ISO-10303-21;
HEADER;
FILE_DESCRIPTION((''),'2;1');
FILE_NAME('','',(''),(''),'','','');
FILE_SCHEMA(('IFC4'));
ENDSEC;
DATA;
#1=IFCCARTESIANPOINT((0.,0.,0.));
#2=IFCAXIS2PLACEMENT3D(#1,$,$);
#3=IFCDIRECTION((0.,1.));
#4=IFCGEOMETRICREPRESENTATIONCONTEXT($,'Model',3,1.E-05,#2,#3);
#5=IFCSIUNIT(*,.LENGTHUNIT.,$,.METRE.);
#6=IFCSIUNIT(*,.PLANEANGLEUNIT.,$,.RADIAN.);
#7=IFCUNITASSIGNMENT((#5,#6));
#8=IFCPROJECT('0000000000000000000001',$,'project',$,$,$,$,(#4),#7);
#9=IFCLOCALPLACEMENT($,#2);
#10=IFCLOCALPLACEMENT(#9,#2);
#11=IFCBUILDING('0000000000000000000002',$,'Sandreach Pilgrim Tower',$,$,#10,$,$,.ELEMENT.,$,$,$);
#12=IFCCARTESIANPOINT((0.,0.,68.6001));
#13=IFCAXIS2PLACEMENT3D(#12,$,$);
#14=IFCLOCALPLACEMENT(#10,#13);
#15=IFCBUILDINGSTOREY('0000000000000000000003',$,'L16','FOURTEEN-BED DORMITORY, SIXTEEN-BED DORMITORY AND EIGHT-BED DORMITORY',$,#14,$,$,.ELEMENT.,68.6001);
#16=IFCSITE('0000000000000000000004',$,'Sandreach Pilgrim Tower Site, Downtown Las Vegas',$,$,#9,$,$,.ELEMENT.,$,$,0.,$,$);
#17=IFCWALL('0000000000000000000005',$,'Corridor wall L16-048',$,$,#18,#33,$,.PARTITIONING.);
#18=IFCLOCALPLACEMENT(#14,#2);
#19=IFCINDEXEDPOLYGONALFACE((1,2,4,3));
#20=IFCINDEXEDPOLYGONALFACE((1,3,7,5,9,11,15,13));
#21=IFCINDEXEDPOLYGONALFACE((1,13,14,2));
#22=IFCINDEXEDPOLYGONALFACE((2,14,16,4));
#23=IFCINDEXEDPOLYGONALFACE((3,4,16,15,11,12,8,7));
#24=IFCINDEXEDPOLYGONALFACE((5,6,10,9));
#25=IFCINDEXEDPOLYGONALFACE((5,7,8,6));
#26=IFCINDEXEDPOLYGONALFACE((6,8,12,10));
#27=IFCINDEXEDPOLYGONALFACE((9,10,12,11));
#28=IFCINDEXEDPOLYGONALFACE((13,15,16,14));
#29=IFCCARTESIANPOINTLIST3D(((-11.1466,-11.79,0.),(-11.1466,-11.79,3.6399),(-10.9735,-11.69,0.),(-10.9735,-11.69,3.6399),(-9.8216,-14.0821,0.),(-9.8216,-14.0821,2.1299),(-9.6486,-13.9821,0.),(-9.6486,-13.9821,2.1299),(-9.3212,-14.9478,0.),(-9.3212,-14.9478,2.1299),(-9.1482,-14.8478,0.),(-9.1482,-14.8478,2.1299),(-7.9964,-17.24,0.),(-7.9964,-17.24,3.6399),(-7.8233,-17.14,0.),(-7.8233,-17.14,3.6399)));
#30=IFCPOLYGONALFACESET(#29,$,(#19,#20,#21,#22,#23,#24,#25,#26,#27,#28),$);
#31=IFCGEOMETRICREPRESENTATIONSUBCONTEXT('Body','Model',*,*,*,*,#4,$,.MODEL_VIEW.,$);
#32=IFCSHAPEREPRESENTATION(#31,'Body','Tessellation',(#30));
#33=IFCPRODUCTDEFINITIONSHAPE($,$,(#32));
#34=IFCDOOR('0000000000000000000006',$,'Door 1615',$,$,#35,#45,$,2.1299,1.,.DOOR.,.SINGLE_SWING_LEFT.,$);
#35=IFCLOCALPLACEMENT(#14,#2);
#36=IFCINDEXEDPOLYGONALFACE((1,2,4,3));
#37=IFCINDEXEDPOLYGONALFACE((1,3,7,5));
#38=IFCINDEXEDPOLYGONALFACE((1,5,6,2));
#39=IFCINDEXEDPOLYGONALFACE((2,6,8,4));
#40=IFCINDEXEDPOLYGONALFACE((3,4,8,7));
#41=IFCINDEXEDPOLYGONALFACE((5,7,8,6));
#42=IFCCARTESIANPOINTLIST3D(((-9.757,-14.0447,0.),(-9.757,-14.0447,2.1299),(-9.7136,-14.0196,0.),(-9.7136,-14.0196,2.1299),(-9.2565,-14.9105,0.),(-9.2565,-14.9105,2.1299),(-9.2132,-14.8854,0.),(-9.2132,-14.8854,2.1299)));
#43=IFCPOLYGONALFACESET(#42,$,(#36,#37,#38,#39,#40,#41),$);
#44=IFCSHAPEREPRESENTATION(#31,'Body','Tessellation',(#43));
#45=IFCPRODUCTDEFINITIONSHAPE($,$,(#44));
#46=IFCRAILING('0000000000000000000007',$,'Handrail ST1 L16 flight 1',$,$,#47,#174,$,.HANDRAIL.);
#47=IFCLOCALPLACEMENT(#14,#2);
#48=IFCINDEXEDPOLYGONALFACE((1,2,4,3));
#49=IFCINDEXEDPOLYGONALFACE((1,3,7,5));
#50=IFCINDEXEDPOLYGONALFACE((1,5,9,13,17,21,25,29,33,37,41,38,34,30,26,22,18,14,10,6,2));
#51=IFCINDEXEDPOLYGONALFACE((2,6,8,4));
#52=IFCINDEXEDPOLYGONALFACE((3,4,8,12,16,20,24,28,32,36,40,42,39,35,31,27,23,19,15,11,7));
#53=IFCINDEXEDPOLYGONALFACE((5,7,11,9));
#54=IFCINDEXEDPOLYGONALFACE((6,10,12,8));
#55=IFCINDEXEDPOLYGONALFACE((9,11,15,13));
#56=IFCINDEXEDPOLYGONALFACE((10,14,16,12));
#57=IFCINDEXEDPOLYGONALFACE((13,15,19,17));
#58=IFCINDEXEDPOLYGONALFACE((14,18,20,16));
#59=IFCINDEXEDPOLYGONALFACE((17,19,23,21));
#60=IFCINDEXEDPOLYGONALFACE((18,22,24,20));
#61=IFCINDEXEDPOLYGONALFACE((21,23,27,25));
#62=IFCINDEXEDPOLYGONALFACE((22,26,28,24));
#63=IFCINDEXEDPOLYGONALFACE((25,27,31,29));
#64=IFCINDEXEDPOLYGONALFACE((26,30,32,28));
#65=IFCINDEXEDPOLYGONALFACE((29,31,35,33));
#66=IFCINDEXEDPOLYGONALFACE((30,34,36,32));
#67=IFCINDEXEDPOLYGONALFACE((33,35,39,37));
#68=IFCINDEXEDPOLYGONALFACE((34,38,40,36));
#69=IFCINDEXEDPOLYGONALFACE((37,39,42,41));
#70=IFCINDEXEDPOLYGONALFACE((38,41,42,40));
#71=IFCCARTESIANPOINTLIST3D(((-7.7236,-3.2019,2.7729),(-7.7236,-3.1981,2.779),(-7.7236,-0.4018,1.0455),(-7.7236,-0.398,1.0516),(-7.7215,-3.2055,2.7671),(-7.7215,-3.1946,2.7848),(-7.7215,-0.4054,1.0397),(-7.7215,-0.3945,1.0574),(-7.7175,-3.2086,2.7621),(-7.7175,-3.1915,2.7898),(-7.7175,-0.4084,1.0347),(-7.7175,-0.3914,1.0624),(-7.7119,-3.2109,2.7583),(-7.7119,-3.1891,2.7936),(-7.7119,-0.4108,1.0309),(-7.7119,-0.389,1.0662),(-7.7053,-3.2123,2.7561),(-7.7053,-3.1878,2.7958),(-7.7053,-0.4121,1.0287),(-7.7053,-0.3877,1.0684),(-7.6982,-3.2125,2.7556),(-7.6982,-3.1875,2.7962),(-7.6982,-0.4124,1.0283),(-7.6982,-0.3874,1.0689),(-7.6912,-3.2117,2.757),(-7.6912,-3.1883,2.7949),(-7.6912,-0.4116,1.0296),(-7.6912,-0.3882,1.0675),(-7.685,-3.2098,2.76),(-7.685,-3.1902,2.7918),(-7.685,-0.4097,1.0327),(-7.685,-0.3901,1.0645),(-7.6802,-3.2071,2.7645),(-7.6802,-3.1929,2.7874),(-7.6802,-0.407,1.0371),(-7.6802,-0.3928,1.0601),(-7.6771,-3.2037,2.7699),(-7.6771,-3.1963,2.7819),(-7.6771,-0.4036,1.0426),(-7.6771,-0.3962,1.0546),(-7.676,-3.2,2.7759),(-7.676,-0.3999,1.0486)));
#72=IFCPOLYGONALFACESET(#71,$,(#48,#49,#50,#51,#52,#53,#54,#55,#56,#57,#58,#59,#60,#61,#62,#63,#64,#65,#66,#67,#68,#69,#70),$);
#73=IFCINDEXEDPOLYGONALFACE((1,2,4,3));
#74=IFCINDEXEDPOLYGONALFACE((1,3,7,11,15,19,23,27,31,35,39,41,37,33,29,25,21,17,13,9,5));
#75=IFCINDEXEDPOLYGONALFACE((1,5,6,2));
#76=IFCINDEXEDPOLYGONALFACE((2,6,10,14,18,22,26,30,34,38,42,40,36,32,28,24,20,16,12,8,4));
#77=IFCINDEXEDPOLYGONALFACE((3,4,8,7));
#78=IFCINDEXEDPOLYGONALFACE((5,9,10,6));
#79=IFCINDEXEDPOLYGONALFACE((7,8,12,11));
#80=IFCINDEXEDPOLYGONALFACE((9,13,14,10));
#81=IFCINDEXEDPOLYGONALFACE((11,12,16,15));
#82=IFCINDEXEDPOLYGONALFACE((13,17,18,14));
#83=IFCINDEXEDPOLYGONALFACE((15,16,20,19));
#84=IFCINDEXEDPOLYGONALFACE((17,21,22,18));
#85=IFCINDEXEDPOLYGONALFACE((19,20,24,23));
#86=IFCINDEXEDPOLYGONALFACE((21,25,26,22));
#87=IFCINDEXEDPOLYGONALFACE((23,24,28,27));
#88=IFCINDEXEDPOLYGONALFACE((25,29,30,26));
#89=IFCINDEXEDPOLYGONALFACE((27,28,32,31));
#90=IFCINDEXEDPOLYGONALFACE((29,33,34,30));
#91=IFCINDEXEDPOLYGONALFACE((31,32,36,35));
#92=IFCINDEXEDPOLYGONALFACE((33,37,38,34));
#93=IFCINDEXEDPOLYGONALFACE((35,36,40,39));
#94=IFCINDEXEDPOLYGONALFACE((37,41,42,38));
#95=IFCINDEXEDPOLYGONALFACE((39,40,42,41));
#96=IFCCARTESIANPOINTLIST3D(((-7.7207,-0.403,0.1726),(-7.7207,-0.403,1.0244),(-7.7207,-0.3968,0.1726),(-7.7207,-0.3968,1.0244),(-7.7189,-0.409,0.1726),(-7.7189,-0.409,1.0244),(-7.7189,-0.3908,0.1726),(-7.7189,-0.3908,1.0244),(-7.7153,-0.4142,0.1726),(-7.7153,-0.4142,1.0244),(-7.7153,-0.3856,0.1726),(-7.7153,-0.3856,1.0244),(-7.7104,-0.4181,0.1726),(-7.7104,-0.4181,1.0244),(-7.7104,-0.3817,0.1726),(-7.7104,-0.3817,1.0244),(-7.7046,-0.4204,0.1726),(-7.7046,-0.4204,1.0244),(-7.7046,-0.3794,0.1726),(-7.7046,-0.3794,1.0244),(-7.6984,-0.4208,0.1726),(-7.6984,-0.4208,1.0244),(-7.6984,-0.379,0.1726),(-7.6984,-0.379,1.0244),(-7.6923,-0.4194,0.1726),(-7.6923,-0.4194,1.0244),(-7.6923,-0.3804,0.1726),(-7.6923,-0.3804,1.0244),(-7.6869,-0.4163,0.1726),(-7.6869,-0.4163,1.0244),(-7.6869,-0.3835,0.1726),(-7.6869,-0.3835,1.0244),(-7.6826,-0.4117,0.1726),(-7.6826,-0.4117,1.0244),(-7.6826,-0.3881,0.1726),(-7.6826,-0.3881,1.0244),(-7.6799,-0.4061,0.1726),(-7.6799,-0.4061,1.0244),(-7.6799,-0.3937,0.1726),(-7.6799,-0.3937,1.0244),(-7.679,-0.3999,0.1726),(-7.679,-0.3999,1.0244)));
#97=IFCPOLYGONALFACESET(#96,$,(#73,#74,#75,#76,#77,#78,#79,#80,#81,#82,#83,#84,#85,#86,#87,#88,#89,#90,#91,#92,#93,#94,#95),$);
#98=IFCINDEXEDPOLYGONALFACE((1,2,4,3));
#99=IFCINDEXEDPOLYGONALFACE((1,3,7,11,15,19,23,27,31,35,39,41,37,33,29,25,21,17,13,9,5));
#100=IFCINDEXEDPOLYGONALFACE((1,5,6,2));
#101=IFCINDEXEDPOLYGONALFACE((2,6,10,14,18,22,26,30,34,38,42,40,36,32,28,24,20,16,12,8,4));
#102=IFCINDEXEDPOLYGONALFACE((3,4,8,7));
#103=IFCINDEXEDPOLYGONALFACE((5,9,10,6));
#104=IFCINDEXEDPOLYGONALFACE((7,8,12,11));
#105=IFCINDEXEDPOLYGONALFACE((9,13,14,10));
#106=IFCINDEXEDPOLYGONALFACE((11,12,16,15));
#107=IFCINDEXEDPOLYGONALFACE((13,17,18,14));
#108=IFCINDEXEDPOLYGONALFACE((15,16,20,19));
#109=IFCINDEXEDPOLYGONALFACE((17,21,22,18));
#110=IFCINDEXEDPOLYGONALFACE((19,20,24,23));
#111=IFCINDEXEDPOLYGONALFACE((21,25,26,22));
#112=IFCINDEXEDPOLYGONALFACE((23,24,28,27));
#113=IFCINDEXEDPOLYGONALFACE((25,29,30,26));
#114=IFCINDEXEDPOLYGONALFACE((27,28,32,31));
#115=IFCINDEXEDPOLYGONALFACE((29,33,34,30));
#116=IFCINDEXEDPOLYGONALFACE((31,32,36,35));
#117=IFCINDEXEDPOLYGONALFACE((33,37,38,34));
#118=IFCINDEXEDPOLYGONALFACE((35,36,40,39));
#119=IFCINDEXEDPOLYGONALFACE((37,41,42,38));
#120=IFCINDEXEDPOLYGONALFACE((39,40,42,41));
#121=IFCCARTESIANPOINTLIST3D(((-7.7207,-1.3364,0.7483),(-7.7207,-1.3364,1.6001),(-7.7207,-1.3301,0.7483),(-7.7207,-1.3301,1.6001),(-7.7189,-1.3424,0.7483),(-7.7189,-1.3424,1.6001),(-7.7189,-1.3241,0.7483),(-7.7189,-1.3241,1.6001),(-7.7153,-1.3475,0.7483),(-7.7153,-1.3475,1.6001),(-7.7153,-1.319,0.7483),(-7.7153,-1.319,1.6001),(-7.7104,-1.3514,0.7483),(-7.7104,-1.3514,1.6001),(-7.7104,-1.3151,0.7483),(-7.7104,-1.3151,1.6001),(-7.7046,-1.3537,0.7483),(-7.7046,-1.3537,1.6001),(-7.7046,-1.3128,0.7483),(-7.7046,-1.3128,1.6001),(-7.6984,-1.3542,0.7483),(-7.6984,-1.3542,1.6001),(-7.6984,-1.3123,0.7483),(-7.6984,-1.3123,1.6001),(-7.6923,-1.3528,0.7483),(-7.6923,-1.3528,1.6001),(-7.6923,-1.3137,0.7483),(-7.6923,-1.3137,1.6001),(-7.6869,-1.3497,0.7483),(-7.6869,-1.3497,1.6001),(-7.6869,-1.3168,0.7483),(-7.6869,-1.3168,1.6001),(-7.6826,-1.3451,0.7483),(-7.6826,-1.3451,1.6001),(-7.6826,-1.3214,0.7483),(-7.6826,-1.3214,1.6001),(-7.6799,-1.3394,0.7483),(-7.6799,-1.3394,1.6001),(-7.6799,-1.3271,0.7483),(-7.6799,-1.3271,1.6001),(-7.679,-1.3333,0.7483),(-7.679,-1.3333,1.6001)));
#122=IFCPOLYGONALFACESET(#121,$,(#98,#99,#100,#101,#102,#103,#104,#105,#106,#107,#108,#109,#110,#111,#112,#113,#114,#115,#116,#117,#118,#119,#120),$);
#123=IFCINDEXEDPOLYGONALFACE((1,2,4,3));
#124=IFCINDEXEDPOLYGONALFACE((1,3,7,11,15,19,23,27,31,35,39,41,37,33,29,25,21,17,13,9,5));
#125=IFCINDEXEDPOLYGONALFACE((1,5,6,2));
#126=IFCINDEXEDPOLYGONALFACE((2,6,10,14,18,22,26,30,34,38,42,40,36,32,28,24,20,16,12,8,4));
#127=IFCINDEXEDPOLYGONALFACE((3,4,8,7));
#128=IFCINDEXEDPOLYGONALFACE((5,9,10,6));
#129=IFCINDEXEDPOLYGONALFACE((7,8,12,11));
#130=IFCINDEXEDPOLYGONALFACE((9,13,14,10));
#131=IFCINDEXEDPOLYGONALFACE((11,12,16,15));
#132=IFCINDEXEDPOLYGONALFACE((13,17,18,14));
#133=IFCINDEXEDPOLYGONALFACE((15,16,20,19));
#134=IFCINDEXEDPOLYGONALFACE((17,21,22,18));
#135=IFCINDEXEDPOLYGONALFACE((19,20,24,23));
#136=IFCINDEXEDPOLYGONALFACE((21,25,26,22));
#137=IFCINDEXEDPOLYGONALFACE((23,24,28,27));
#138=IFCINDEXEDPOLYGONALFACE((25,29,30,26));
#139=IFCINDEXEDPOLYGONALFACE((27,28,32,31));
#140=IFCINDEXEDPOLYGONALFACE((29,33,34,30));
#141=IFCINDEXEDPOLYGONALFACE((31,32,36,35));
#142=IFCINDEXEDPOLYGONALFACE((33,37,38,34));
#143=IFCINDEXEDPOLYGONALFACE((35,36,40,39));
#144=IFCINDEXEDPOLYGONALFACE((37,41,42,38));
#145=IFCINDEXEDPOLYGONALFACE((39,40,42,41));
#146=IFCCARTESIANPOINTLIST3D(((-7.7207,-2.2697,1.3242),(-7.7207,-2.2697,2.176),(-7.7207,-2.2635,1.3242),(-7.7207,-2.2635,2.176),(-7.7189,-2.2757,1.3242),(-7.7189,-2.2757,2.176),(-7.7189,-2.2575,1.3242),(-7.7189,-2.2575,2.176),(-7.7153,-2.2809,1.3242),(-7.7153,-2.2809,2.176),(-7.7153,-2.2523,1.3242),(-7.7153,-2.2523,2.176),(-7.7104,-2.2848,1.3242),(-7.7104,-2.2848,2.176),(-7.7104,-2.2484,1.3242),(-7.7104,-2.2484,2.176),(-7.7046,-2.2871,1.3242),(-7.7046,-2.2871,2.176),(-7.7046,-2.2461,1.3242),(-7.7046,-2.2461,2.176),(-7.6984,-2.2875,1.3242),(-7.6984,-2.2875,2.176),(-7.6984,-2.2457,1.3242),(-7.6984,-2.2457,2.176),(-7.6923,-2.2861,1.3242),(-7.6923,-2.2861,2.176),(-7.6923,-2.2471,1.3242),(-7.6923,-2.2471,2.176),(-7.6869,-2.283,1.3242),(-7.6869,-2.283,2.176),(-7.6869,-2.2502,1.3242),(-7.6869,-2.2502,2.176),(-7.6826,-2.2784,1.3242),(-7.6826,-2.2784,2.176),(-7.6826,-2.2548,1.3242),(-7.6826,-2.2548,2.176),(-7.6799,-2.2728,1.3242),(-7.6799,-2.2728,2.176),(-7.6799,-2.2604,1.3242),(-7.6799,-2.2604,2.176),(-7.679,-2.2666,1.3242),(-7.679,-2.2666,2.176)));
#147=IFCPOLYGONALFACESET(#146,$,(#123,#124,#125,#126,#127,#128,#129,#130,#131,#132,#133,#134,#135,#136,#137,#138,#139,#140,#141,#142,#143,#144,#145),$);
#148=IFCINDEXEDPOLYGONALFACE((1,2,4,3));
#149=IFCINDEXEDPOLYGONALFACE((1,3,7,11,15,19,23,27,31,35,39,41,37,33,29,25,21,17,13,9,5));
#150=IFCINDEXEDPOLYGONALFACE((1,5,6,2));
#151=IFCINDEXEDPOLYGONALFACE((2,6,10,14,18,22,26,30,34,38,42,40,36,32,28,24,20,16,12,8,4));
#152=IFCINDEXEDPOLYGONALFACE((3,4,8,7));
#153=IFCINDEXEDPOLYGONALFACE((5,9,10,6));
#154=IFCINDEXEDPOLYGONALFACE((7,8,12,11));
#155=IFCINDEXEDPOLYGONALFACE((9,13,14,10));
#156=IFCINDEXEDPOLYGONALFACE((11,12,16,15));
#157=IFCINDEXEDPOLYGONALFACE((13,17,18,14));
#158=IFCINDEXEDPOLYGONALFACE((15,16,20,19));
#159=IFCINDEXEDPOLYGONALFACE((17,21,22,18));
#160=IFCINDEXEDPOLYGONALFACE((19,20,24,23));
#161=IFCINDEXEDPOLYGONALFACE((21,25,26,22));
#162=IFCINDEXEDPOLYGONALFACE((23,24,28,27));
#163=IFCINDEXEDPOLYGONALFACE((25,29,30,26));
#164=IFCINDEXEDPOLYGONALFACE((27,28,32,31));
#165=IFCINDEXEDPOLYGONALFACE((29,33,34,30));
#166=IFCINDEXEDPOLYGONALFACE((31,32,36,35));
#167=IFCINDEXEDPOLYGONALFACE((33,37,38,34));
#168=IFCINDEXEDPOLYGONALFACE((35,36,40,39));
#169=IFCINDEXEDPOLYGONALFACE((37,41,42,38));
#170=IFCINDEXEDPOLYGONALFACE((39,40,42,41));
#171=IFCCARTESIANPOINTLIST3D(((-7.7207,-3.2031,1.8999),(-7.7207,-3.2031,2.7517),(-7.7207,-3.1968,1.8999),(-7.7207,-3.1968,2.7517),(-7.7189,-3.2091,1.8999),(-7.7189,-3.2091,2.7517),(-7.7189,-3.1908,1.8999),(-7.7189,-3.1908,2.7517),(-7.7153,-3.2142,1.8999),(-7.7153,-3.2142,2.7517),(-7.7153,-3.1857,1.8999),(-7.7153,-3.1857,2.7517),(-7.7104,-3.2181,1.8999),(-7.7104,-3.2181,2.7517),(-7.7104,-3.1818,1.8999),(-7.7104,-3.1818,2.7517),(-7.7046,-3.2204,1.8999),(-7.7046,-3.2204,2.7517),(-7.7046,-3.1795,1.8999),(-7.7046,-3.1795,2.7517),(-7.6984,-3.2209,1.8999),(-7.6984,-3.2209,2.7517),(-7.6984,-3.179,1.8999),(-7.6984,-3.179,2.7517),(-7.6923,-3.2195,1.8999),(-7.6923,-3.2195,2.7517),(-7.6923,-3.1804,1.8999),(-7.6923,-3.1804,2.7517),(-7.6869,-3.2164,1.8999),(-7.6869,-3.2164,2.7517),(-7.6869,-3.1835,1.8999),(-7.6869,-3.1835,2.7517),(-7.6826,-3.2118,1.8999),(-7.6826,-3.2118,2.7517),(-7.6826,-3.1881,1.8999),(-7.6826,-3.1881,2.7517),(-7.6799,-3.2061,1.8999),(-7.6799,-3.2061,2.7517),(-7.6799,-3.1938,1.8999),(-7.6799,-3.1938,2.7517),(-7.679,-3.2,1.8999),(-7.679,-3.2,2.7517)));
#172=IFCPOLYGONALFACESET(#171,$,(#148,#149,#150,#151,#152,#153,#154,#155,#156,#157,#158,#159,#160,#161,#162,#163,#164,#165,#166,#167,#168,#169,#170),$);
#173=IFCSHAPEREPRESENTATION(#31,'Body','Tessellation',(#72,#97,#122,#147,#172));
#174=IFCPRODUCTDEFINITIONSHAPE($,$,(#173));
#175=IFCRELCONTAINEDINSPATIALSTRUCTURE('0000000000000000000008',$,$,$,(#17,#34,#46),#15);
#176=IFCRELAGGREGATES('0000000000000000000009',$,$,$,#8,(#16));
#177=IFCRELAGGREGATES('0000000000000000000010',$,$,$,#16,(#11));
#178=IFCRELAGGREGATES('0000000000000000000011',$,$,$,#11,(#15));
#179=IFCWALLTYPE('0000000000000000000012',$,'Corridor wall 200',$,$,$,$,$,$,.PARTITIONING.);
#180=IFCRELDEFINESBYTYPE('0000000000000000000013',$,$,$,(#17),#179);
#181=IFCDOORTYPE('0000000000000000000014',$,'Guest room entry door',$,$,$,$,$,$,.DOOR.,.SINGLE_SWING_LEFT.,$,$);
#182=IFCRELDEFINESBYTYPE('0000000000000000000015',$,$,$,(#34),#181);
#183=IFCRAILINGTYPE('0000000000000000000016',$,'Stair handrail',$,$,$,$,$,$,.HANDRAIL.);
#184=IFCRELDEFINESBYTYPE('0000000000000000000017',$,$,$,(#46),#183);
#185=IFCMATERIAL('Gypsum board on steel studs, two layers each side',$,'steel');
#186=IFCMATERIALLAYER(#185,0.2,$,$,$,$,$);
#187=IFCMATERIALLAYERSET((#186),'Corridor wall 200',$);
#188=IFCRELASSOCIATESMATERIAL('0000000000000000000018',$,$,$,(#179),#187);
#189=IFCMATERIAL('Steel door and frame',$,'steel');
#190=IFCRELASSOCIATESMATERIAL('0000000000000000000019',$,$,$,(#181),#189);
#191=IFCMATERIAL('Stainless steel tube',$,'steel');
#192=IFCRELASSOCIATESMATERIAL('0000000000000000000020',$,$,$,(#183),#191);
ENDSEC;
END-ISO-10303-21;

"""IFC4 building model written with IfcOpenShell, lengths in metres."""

from ifc_helpers import new_model, si_unit, direction, frame, frame_2d, origin, origin_2d, place, context, subcontext, project, spatial, rectangle, circle, extrude, material, layer, layer_set, type_object, element, fill, save


model = new_model("IFC4")

# Units and contexts
model_context = context("Model", 3, precision=1e-05, world=origin(), true_north=direction((0.0, 1.0)))
body_context = subcontext(model_context, "Body", "Model", "MODEL_VIEW")
ifc_project = project(units=[si_unit("LENGTHUNIT", "METRE"), si_unit("PLANEANGLEUNIT", "RADIAN")], contexts=[model_context])

# Site, building, storey
site_placement = place(None, origin())
site = spatial("IfcSite", under=ifc_project, at=site_placement, Name="Sandreach Pilgrim Tower Site, Downtown Las Vegas", CompositionType="ELEMENT", RefElevation=0.0)
building_placement = place(site_placement, origin())
building = spatial("IfcBuilding", under=site, at=building_placement, Name="Sandreach Pilgrim Tower", CompositionType="ELEMENT")
storey_placement = place(building_placement, frame((0.0, 0.0, 68.6001)))
storey = spatial("IfcBuildingStorey", under=building, at=storey_placement, Name="L16", Description="FOURTEEN-BED DORMITORY, SIXTEEN-BED DORMITORY AND EIGHT-BED DORMITORY", CompositionType="ELEMENT", Elevation=68.6001)

# Shared definitions
ifc_material_1 = material(Name="Gypsum board on steel studs, two layers each side", Category="steel")
ifc_layer_1 = layer(ifc_material_1, 0.2)
ifc_layer_set_1 = layer_set([ifc_layer_1], Name="Corridor wall 200")
wall_type_1 = type_object("IfcWallType", Name="Corridor wall 200", PredefinedType="PARTITIONING", material=ifc_layer_set_1)
ifc_material_2 = material(Name="Steel door and frame", Category="steel")
door_type_1 = type_object("IfcDoorType", Name="Guest room entry door", OperationType="SINGLE_SWING_LEFT", PredefinedType="DOOR", material=ifc_material_2)

# Wall, opening, door
wall_1_placement = place(storey_placement, frame((-11.0601, -11.74, 0.0), z_axis=(0.0, 0.0, 1.0), x_axis=(0.500431, -0.865777, 0.0)))
wall_1 = element("IfcWall", 1, at=wall_1_placement, inside=storey, type_object=wall_type_1, Name="Corridor wall L16-048", PredefinedType="PARTITIONING", context=body_context, shape_type="SweptSolid", body=[
    extrude(rectangle(XDim=6.2949, YDim=0.2, at=frame_2d((3.1475, 0.0))), origin(), (0.0, 0.0, 1.0), 3.6399),
])
opening_1_placement = place(wall_1_placement, frame((2.6475, 0.0, 0.0)))
opening_1 = element("IfcOpeningElement", 2, at=opening_1_placement, cuts=wall_1, PredefinedType="OPENING", context=body_context, shape_type="SweptSolid", body=[
    extrude(rectangle(XDim=1.0, YDim=2.1299, at=frame_2d((0.5, 1.0649))), frame((0.0, 0.1001, 0.0), z_axis=(0.0, -1.0, 0.0), x_axis=(1.0, 0.0, 0.0)), (0.0, 0.0, 1.0), 0.2),
])
door_1_placement = place(opening_1_placement, origin())
door_1 = element("IfcDoor", 3, at=door_1_placement, inside=storey, type_object=door_type_1, Name="Door 1615", OperationType="SINGLE_SWING_LEFT", OverallHeight=2.1299, OverallWidth=1.0, PredefinedType="DOOR", context=body_context, shape_type="SweptSolid", body=[
    extrude(rectangle(XDim=1.0, YDim=2.1299, at=frame_2d((0.5, 1.0649))), frame((0.0, 0.0249, 0.0), z_axis=(0.0, -1.0, 0.0), x_axis=(1.0, 0.0, 0.0)), (0.0, 0.0, 1.0), 0.05),
])
fill(opening_1, door_1)

# Railing
ifc_material_3 = material(Name="Stainless steel tube", Category="steel")
railing_type = type_object("IfcRailingType", Name="Stair handrail", PredefinedType="HANDRAIL", material=ifc_material_3)
railing_placement = place(storey_placement, frame((-7.7, -0.3999, 0.1726)))
element("IfcRailing", 4, at=railing_placement, inside=storey, type_object=railing_type, Name="Handrail ST1 L16 flight 1", PredefinedType="HANDRAIL", context=body_context, shape_type="SweptSolid", body=[
    extrude(circle(Radius=0.0239, at=origin_2d()), frame((0.0, 0.0, 0.876), z_axis=(0.0, -0.85109, 0.52502), x_axis=(1.0, 0.0, 0.0)), (0.0, 0.0, 1.0), 3.29),
    extrude(circle(Radius=0.021, at=origin_2d()), origin(), (0.0, 0.0, 1.0), 0.8518),
    extrude(circle(Radius=0.021, at=origin_2d()), frame((0.0, -0.9333, 0.5757)), (0.0, 0.0, 1.0), 0.8518),
    extrude(circle(Radius=0.021, at=origin_2d()), frame((0.0, -1.8667, 1.1516)), (0.0, 0.0, 1.0), 0.8518),
    extrude(circle(Radius=0.021, at=origin_2d()), frame((0.0, -2.8, 1.7273)), (0.0, 0.0, 1.0), 0.8518),
])

save(model, "model.ifc")
